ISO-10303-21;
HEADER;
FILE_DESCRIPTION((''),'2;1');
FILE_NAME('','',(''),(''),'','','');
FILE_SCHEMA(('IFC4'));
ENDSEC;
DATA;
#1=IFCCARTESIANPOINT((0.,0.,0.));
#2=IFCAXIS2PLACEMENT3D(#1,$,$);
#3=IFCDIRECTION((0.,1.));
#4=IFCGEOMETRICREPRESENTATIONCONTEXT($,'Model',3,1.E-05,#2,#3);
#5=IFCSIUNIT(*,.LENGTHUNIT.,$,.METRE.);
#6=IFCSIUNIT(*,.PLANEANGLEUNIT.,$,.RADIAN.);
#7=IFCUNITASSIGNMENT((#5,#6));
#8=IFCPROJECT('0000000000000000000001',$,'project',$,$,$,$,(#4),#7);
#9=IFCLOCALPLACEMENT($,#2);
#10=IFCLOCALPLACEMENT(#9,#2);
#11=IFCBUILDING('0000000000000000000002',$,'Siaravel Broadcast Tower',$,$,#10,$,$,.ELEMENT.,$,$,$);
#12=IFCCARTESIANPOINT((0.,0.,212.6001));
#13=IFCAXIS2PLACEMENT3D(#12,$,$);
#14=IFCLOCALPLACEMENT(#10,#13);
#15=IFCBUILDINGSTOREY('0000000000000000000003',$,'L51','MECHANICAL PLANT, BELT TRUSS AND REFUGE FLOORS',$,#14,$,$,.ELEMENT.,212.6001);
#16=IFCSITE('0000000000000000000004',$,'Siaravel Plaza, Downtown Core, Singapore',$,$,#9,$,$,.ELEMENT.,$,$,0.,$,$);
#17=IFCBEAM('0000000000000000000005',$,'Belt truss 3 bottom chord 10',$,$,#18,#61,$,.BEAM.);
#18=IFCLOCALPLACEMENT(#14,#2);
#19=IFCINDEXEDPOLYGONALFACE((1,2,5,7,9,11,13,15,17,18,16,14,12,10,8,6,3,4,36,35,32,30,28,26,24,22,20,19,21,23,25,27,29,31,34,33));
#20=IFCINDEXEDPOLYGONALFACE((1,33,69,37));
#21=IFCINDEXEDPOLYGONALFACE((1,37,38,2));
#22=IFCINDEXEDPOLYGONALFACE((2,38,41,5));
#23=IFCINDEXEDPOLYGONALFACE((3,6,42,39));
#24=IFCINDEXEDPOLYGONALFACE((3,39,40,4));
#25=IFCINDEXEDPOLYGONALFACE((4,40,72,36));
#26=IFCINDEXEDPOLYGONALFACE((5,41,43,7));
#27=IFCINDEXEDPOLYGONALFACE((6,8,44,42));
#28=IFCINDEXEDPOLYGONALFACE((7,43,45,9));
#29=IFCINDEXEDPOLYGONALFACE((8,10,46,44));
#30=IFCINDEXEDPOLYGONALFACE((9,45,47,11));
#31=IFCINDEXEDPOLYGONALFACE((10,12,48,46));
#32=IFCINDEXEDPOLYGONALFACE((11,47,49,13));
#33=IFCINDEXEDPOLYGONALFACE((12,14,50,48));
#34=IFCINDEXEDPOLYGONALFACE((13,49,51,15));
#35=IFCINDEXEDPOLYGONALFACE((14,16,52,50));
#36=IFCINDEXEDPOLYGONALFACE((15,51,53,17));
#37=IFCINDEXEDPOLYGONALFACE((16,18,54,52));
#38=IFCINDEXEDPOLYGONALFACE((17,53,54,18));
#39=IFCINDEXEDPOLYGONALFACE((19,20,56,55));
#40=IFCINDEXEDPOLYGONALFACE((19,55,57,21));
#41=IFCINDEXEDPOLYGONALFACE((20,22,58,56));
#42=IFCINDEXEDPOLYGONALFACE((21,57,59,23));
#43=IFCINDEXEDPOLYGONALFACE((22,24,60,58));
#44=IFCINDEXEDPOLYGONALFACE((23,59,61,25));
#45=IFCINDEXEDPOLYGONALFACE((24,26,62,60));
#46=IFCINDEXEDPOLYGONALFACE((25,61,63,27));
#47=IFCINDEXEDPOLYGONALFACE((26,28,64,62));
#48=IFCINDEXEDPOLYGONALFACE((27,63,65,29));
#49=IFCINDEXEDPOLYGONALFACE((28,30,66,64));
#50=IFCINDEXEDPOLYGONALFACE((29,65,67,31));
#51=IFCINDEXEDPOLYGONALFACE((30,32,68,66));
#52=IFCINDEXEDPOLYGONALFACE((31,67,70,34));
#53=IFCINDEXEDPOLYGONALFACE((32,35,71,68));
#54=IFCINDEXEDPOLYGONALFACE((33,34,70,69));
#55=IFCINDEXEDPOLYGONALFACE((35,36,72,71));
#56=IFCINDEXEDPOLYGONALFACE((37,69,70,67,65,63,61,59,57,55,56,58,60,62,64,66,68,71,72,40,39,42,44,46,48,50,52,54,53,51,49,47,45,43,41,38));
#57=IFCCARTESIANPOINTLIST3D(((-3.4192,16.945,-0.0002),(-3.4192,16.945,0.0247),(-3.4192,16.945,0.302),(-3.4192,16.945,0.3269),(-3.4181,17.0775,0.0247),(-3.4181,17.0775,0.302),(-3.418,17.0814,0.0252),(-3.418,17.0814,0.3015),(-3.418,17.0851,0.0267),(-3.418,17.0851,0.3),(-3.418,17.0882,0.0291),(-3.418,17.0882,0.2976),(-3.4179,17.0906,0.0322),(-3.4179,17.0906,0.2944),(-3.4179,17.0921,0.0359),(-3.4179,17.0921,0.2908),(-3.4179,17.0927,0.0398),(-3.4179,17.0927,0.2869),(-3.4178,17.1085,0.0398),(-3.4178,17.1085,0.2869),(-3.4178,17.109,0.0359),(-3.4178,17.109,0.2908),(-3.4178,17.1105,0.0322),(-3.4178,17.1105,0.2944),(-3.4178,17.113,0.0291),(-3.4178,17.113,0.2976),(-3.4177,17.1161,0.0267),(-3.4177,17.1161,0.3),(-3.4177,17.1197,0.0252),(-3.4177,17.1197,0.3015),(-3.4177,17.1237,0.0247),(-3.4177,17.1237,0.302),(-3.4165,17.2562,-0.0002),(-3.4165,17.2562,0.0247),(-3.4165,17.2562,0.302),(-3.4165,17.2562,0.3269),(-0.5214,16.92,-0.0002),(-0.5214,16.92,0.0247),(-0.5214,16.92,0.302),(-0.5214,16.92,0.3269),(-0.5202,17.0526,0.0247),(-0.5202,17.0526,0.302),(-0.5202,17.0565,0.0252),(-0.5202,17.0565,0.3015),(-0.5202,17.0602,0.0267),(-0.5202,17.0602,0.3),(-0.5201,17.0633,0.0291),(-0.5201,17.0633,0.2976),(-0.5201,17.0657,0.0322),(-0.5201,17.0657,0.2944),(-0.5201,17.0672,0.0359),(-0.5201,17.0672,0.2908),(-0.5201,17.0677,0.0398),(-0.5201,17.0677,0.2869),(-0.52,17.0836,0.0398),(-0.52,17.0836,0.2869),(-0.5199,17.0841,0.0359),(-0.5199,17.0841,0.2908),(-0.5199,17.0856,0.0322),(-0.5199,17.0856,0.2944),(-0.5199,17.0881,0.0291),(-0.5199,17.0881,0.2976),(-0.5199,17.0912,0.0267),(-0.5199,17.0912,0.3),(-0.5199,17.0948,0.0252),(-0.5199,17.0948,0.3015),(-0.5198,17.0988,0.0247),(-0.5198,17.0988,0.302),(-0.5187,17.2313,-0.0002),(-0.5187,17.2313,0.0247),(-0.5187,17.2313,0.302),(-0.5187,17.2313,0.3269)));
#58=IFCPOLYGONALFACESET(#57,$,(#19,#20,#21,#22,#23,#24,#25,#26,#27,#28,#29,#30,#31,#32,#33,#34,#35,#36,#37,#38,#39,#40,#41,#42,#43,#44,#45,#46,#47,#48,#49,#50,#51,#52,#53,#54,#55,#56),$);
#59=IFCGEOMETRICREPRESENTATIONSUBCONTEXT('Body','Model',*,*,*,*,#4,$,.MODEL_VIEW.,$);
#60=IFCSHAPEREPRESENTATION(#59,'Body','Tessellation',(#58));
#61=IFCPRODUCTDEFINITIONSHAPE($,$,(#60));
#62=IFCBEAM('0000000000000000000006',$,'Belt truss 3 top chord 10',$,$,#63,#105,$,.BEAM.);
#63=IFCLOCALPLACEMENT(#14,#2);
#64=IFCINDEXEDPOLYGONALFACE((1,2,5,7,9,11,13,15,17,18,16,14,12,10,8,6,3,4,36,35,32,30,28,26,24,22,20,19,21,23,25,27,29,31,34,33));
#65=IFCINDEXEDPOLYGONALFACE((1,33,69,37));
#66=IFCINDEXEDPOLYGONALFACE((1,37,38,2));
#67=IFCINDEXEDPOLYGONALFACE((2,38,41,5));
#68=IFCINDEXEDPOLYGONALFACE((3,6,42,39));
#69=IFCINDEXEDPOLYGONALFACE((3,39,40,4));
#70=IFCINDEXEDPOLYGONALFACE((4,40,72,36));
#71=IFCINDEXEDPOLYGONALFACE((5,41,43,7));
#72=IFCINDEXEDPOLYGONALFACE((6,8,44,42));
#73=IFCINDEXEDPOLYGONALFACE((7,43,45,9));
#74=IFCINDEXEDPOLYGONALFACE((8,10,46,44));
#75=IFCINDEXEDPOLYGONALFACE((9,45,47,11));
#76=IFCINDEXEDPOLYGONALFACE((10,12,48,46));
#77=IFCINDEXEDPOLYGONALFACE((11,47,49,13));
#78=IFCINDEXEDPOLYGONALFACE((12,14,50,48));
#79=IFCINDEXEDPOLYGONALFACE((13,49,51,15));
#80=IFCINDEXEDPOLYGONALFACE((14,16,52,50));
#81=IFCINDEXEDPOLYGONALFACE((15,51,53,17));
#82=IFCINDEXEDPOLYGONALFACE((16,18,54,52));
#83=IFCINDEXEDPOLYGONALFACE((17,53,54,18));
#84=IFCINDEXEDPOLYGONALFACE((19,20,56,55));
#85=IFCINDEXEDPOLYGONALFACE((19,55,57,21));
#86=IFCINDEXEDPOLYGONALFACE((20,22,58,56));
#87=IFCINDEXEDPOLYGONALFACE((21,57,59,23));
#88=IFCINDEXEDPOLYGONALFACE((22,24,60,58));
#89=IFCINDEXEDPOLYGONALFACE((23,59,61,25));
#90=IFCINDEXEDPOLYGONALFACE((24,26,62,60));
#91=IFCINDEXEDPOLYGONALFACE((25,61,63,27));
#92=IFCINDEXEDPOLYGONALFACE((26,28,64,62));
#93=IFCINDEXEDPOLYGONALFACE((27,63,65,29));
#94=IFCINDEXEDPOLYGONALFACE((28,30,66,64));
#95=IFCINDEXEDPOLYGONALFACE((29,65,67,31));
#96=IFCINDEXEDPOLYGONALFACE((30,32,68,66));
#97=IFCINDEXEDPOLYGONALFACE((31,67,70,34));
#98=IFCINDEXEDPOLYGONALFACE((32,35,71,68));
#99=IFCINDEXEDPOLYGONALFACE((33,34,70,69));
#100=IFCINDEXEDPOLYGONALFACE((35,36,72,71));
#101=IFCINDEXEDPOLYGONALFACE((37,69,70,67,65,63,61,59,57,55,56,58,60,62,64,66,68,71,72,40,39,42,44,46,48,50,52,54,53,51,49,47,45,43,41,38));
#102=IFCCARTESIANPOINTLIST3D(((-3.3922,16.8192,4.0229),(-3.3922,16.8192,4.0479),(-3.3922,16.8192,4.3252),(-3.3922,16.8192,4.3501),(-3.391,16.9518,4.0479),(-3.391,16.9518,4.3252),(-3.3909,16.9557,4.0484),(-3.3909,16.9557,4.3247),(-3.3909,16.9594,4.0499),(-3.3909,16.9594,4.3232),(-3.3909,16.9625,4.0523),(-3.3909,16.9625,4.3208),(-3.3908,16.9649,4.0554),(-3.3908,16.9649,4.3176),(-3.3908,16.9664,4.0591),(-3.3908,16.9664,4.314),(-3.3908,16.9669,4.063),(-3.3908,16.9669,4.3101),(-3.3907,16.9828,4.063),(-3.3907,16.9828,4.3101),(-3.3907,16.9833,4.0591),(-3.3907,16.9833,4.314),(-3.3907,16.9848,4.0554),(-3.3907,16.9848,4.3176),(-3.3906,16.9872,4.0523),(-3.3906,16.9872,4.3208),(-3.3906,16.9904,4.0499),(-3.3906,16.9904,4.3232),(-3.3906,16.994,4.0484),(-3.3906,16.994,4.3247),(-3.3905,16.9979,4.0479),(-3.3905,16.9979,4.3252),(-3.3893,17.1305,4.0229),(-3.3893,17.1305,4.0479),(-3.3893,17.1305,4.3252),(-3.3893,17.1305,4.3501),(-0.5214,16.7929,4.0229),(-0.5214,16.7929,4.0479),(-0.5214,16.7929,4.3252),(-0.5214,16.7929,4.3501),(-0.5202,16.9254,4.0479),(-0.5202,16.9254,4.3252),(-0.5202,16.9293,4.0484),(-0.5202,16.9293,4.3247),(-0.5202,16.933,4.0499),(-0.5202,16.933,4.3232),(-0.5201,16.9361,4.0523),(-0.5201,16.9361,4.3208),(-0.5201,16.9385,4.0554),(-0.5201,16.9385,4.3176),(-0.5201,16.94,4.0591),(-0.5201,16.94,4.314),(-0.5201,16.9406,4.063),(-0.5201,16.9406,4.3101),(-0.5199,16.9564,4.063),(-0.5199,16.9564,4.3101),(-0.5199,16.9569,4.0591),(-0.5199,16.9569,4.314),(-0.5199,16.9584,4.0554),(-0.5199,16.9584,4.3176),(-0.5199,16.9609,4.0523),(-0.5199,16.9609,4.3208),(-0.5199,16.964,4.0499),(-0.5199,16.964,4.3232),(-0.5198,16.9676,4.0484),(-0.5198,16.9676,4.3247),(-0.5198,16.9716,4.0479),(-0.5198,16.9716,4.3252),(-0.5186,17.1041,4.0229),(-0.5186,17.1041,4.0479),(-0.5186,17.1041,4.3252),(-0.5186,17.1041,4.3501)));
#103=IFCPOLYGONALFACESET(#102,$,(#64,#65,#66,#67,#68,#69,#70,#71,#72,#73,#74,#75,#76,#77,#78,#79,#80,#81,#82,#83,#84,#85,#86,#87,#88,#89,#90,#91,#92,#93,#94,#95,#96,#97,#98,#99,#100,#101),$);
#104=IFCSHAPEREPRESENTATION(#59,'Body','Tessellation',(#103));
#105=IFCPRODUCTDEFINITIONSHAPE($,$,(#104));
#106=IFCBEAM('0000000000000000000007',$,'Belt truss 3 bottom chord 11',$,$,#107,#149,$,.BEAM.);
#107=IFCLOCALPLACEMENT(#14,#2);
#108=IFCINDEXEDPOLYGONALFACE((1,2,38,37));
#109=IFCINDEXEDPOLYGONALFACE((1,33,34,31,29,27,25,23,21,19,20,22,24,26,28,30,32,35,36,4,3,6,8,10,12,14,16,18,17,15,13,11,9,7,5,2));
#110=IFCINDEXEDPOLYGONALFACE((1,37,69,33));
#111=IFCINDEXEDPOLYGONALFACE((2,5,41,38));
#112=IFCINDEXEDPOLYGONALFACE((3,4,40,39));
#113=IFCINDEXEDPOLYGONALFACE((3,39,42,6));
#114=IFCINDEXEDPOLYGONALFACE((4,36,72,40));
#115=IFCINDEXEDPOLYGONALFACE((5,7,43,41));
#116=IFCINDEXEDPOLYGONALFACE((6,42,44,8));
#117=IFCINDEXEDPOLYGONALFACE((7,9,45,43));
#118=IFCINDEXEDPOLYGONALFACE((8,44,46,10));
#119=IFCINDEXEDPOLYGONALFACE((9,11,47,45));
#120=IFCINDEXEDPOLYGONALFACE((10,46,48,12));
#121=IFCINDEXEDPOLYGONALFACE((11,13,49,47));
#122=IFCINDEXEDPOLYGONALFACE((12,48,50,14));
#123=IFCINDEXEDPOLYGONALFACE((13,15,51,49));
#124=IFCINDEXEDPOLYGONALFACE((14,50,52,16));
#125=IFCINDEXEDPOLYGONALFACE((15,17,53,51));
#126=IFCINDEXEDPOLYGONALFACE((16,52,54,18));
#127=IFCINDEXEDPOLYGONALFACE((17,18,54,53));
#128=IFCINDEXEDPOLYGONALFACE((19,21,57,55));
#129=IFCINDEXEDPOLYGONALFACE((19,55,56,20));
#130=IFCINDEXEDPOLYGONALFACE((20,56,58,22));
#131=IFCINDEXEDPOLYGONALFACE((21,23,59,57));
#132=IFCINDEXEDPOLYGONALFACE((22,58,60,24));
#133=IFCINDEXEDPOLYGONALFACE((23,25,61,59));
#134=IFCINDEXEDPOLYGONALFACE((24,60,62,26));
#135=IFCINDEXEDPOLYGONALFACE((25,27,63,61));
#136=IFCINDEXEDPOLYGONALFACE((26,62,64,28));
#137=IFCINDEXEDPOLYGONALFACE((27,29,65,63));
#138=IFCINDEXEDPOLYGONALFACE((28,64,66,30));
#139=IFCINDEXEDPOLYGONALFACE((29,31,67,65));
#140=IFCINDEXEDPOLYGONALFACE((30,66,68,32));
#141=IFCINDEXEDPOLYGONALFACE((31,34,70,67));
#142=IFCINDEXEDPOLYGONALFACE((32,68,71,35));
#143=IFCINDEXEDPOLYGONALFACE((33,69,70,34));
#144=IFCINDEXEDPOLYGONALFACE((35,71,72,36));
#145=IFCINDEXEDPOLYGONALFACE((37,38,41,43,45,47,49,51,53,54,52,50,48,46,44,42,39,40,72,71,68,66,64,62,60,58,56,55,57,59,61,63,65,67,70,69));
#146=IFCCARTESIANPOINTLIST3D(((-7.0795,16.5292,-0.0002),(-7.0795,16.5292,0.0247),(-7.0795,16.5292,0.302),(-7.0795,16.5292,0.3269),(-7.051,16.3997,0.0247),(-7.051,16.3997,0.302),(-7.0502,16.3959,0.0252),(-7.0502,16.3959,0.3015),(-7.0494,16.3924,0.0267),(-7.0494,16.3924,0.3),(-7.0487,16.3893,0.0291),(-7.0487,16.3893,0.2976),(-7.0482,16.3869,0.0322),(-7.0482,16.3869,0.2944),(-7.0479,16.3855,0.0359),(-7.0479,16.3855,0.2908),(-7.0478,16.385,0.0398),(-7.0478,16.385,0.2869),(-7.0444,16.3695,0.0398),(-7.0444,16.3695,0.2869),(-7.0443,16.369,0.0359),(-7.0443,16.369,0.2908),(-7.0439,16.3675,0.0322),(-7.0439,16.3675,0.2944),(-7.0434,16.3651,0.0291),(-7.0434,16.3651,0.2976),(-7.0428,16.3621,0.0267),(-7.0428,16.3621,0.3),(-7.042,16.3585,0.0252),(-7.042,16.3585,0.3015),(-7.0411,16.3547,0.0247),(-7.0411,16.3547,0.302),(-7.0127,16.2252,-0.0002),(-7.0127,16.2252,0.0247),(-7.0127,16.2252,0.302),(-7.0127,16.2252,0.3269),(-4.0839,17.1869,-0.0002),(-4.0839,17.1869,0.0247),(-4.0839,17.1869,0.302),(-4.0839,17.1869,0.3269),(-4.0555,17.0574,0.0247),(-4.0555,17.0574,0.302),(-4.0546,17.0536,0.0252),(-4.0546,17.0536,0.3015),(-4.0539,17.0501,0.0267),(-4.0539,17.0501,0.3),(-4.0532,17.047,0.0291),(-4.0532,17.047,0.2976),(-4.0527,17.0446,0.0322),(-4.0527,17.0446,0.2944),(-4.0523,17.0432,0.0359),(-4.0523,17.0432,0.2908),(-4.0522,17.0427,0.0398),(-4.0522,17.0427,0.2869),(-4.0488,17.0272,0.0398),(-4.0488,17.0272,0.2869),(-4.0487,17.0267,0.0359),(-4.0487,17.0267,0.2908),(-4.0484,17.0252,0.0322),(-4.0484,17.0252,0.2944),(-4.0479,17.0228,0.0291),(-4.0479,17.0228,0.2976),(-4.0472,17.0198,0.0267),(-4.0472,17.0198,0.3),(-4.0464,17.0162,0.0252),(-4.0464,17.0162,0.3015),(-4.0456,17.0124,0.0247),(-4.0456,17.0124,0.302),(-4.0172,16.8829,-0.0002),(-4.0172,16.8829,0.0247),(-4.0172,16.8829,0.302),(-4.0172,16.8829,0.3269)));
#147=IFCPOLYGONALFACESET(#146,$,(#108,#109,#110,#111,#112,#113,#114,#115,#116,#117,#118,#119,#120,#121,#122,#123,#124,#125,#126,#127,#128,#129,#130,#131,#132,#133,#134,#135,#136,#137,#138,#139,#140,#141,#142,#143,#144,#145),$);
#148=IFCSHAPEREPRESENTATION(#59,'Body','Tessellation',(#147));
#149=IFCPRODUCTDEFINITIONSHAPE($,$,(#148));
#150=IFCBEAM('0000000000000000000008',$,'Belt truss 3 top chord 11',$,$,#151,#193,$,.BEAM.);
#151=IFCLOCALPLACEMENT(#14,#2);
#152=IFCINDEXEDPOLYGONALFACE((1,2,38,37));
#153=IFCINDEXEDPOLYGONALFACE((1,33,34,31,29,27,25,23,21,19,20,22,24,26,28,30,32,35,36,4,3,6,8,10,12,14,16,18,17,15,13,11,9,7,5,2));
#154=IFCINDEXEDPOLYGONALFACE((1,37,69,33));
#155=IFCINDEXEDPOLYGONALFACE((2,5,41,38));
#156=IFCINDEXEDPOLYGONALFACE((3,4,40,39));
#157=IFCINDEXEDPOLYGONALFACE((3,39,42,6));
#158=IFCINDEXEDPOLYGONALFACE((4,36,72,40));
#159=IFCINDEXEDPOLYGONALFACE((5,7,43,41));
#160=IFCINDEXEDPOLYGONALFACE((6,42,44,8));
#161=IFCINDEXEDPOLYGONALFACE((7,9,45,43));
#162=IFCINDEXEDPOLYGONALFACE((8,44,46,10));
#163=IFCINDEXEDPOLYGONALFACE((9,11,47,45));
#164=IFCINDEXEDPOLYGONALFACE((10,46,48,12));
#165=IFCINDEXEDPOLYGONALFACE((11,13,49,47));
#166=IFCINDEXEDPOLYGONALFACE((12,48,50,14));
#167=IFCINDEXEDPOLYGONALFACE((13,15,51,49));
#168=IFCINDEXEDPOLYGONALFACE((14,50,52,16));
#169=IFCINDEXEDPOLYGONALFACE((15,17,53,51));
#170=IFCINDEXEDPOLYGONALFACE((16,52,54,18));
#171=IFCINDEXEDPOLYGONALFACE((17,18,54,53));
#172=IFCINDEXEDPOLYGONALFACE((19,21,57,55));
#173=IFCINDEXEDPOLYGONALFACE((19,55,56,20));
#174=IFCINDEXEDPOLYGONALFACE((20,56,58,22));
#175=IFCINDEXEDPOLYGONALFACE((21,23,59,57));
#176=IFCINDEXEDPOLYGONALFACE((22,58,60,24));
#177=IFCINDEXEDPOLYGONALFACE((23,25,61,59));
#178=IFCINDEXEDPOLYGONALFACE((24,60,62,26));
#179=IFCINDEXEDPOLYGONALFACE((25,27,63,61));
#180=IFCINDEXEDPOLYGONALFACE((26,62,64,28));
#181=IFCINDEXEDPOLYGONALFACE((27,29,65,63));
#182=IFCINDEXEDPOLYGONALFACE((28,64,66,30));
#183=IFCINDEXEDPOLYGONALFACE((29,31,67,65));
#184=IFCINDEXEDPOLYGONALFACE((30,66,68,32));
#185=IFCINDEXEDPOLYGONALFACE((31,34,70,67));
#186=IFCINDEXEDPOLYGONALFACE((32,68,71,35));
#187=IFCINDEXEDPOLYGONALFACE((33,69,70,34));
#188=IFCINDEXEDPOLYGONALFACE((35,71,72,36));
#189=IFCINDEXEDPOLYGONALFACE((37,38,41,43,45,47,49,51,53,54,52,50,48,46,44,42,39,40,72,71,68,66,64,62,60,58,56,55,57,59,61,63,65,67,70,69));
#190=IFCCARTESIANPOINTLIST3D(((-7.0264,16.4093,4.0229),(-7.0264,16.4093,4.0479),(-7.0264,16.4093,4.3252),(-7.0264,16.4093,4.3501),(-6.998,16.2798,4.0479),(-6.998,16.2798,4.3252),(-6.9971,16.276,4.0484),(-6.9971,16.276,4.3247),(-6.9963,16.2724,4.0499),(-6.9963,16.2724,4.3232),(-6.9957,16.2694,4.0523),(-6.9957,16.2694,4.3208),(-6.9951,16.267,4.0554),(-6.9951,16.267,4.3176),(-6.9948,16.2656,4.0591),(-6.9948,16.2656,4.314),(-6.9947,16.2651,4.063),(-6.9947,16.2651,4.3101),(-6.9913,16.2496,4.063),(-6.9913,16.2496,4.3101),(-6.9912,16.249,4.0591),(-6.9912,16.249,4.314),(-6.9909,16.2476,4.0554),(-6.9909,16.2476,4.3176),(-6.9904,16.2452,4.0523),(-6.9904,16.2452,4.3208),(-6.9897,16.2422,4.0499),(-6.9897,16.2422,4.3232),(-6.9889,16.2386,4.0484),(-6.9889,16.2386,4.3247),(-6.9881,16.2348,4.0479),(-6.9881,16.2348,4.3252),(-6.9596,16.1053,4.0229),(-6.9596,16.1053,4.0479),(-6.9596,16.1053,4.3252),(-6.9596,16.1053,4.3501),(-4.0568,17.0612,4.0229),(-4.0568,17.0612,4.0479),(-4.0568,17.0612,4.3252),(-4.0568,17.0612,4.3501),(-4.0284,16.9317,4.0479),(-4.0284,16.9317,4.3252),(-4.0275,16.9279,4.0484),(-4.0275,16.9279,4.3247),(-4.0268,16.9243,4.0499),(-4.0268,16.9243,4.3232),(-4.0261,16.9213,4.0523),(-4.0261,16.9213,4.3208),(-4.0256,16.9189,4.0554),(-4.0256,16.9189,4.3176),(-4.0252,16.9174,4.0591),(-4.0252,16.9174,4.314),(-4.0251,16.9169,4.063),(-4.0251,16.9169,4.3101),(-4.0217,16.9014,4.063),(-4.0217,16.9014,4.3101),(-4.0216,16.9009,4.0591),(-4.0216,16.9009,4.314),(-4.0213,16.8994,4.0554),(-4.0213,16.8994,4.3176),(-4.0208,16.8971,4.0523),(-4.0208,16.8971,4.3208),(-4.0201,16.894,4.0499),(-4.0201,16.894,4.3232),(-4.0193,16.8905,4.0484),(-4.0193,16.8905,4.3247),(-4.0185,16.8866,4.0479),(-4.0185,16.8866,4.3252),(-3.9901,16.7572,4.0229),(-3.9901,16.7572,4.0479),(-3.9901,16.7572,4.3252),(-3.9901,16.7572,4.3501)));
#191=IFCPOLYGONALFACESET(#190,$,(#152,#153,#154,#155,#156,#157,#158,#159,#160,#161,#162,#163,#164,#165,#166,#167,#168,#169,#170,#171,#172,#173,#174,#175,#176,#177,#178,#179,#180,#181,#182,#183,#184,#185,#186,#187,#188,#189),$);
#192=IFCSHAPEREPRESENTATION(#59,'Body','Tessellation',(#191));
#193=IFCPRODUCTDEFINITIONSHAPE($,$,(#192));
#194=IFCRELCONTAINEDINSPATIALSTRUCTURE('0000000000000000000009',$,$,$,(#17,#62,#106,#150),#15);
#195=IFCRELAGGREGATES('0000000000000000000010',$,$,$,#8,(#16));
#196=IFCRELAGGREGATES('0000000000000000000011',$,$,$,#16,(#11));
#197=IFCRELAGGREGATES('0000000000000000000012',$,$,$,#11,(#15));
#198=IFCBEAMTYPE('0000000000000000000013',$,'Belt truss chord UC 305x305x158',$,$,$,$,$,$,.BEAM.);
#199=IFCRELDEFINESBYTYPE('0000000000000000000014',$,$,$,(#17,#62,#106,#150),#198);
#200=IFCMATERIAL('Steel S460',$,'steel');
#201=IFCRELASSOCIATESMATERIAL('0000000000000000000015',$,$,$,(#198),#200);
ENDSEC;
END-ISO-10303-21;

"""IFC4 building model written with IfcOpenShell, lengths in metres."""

from ifc_helpers import new_model, si_unit, direction, frame, origin, origin_2d, place, context, subcontext, project, spatial, i_section, extrude, material, material_profile, profile_set, type_object, element, save


model = new_model("IFC4")

# Units and contexts
model_context = context("Model", 3, precision=1e-05, world=origin(), true_north=direction((0.0, 1.0)))
body_context = subcontext(model_context, "Body", "Model", "MODEL_VIEW")
ifc_project = project(units=[si_unit("LENGTHUNIT", "METRE"), si_unit("PLANEANGLEUNIT", "RADIAN")], contexts=[model_context])

# Site, building, storey
site_placement = place(None, origin())
site = spatial("IfcSite", under=ifc_project, at=site_placement, Name="Siaravel Plaza, Downtown Core, Singapore", CompositionType="ELEMENT", RefElevation=0.0)
building_placement = place(site_placement, origin())
building = spatial("IfcBuilding", under=site, at=building_placement, Name="Siaravel Broadcast Tower", CompositionType="ELEMENT")
storey_placement = place(building_placement, frame((0.0, 0.0, 212.6001)))
storey = spatial("IfcBuildingStorey", under=building, at=storey_placement, Name="L51", Description="MECHANICAL PLANT, BELT TRUSS AND REFUGE FLOORS", CompositionType="ELEMENT", Elevation=212.6001)

# Beams
ifc_material_1 = material(Name="Steel S460", Category="steel")
ifc_material_profile_1 = material_profile(ifc_material_1, i_section(OverallWidth=0.3113, OverallDepth=0.3271, WebThickness=0.0159, FlangeThickness=0.0249, FilletRadius=0.0151, at=origin_2d()))
ifc_profile_set_1 = profile_set([ifc_material_profile_1], Name="Steel S460")
beam_type_1 = type_object("IfcBeamType", Name="Belt truss chord UC 305x305x158", PredefinedType="BEAM", material=ifc_profile_set_1)
beam_1_placement = place(storey_placement, frame((-0.52, 17.0757, 0.1633), z_axis=(-0.999963, 0.008593, 0.0), x_axis=(-0.008593, -0.999963, 0.0)))
element("IfcBeam", 1, at=beam_1_placement, inside=storey, type_object=beam_type_1, Name="Belt truss 3 bottom chord 10", PredefinedType="BEAM", context=body_context, shape_type="SweptSolid", body=[
    extrude(i_section(OverallWidth=0.3113, OverallDepth=0.3271, WebThickness=0.0159, FlangeThickness=0.0249, FilletRadius=0.0151, at=origin_2d()), origin(), (0.0, 0.0, 1.0), 2.8979),
])
beam_2_placement = place(storey_placement, frame((-0.52, 16.9485, 4.1865), z_axis=(-0.999958, 0.009184, 0.0), x_axis=(-0.009184, -0.999958, 0.0)))
element("IfcBeam", 2, at=beam_2_placement, inside=storey, type_object=beam_type_1, Name="Belt truss 3 top chord 10", PredefinedType="BEAM", context=body_context, shape_type="SweptSolid", body=[
    extrude(i_section(OverallWidth=0.3113, OverallDepth=0.3271, WebThickness=0.0159, FlangeThickness=0.0249, FilletRadius=0.0151, at=origin_2d()), origin(), (0.0, 0.0, 1.0), 2.8708),
])
beam_3_placement = place(storey_placement, frame((-4.0505, 17.0349, 0.1633), z_axis=(-0.976735, -0.214452, 0.0), x_axis=(0.214452, -0.976735, 0.0)))
element("IfcBeam", 3, at=beam_3_placement, inside=storey, type_object=beam_type_1, Name="Belt truss 3 bottom chord 11", PredefinedType="BEAM", context=body_context, shape_type="SweptSolid", body=[
    extrude(i_section(OverallWidth=0.3113, OverallDepth=0.3271, WebThickness=0.0159, FlangeThickness=0.0249, FilletRadius=0.0151, at=origin_2d()), origin(), (0.0, 0.0, 1.0), 3.0669),
])
beam_4_placement = place(storey_placement, frame((-4.0234, 16.9092, 4.1865), z_axis=(-0.976743, -0.214413, 0.0), x_axis=(0.214413, -0.976743, 0.0)))
element("IfcBeam", 4, at=beam_4_placement, inside=storey, type_object=beam_type_1, Name="Belt truss 3 top chord 11", PredefinedType="BEAM", context=body_context, shape_type="SweptSolid", body=[
    extrude(i_section(OverallWidth=0.3113, OverallDepth=0.3271, WebThickness=0.0159, FlangeThickness=0.0249, FilletRadius=0.0151, at=origin_2d()), origin(), (0.0, 0.0, 1.0), 3.0403),
])

save(model, "model.ifc")
